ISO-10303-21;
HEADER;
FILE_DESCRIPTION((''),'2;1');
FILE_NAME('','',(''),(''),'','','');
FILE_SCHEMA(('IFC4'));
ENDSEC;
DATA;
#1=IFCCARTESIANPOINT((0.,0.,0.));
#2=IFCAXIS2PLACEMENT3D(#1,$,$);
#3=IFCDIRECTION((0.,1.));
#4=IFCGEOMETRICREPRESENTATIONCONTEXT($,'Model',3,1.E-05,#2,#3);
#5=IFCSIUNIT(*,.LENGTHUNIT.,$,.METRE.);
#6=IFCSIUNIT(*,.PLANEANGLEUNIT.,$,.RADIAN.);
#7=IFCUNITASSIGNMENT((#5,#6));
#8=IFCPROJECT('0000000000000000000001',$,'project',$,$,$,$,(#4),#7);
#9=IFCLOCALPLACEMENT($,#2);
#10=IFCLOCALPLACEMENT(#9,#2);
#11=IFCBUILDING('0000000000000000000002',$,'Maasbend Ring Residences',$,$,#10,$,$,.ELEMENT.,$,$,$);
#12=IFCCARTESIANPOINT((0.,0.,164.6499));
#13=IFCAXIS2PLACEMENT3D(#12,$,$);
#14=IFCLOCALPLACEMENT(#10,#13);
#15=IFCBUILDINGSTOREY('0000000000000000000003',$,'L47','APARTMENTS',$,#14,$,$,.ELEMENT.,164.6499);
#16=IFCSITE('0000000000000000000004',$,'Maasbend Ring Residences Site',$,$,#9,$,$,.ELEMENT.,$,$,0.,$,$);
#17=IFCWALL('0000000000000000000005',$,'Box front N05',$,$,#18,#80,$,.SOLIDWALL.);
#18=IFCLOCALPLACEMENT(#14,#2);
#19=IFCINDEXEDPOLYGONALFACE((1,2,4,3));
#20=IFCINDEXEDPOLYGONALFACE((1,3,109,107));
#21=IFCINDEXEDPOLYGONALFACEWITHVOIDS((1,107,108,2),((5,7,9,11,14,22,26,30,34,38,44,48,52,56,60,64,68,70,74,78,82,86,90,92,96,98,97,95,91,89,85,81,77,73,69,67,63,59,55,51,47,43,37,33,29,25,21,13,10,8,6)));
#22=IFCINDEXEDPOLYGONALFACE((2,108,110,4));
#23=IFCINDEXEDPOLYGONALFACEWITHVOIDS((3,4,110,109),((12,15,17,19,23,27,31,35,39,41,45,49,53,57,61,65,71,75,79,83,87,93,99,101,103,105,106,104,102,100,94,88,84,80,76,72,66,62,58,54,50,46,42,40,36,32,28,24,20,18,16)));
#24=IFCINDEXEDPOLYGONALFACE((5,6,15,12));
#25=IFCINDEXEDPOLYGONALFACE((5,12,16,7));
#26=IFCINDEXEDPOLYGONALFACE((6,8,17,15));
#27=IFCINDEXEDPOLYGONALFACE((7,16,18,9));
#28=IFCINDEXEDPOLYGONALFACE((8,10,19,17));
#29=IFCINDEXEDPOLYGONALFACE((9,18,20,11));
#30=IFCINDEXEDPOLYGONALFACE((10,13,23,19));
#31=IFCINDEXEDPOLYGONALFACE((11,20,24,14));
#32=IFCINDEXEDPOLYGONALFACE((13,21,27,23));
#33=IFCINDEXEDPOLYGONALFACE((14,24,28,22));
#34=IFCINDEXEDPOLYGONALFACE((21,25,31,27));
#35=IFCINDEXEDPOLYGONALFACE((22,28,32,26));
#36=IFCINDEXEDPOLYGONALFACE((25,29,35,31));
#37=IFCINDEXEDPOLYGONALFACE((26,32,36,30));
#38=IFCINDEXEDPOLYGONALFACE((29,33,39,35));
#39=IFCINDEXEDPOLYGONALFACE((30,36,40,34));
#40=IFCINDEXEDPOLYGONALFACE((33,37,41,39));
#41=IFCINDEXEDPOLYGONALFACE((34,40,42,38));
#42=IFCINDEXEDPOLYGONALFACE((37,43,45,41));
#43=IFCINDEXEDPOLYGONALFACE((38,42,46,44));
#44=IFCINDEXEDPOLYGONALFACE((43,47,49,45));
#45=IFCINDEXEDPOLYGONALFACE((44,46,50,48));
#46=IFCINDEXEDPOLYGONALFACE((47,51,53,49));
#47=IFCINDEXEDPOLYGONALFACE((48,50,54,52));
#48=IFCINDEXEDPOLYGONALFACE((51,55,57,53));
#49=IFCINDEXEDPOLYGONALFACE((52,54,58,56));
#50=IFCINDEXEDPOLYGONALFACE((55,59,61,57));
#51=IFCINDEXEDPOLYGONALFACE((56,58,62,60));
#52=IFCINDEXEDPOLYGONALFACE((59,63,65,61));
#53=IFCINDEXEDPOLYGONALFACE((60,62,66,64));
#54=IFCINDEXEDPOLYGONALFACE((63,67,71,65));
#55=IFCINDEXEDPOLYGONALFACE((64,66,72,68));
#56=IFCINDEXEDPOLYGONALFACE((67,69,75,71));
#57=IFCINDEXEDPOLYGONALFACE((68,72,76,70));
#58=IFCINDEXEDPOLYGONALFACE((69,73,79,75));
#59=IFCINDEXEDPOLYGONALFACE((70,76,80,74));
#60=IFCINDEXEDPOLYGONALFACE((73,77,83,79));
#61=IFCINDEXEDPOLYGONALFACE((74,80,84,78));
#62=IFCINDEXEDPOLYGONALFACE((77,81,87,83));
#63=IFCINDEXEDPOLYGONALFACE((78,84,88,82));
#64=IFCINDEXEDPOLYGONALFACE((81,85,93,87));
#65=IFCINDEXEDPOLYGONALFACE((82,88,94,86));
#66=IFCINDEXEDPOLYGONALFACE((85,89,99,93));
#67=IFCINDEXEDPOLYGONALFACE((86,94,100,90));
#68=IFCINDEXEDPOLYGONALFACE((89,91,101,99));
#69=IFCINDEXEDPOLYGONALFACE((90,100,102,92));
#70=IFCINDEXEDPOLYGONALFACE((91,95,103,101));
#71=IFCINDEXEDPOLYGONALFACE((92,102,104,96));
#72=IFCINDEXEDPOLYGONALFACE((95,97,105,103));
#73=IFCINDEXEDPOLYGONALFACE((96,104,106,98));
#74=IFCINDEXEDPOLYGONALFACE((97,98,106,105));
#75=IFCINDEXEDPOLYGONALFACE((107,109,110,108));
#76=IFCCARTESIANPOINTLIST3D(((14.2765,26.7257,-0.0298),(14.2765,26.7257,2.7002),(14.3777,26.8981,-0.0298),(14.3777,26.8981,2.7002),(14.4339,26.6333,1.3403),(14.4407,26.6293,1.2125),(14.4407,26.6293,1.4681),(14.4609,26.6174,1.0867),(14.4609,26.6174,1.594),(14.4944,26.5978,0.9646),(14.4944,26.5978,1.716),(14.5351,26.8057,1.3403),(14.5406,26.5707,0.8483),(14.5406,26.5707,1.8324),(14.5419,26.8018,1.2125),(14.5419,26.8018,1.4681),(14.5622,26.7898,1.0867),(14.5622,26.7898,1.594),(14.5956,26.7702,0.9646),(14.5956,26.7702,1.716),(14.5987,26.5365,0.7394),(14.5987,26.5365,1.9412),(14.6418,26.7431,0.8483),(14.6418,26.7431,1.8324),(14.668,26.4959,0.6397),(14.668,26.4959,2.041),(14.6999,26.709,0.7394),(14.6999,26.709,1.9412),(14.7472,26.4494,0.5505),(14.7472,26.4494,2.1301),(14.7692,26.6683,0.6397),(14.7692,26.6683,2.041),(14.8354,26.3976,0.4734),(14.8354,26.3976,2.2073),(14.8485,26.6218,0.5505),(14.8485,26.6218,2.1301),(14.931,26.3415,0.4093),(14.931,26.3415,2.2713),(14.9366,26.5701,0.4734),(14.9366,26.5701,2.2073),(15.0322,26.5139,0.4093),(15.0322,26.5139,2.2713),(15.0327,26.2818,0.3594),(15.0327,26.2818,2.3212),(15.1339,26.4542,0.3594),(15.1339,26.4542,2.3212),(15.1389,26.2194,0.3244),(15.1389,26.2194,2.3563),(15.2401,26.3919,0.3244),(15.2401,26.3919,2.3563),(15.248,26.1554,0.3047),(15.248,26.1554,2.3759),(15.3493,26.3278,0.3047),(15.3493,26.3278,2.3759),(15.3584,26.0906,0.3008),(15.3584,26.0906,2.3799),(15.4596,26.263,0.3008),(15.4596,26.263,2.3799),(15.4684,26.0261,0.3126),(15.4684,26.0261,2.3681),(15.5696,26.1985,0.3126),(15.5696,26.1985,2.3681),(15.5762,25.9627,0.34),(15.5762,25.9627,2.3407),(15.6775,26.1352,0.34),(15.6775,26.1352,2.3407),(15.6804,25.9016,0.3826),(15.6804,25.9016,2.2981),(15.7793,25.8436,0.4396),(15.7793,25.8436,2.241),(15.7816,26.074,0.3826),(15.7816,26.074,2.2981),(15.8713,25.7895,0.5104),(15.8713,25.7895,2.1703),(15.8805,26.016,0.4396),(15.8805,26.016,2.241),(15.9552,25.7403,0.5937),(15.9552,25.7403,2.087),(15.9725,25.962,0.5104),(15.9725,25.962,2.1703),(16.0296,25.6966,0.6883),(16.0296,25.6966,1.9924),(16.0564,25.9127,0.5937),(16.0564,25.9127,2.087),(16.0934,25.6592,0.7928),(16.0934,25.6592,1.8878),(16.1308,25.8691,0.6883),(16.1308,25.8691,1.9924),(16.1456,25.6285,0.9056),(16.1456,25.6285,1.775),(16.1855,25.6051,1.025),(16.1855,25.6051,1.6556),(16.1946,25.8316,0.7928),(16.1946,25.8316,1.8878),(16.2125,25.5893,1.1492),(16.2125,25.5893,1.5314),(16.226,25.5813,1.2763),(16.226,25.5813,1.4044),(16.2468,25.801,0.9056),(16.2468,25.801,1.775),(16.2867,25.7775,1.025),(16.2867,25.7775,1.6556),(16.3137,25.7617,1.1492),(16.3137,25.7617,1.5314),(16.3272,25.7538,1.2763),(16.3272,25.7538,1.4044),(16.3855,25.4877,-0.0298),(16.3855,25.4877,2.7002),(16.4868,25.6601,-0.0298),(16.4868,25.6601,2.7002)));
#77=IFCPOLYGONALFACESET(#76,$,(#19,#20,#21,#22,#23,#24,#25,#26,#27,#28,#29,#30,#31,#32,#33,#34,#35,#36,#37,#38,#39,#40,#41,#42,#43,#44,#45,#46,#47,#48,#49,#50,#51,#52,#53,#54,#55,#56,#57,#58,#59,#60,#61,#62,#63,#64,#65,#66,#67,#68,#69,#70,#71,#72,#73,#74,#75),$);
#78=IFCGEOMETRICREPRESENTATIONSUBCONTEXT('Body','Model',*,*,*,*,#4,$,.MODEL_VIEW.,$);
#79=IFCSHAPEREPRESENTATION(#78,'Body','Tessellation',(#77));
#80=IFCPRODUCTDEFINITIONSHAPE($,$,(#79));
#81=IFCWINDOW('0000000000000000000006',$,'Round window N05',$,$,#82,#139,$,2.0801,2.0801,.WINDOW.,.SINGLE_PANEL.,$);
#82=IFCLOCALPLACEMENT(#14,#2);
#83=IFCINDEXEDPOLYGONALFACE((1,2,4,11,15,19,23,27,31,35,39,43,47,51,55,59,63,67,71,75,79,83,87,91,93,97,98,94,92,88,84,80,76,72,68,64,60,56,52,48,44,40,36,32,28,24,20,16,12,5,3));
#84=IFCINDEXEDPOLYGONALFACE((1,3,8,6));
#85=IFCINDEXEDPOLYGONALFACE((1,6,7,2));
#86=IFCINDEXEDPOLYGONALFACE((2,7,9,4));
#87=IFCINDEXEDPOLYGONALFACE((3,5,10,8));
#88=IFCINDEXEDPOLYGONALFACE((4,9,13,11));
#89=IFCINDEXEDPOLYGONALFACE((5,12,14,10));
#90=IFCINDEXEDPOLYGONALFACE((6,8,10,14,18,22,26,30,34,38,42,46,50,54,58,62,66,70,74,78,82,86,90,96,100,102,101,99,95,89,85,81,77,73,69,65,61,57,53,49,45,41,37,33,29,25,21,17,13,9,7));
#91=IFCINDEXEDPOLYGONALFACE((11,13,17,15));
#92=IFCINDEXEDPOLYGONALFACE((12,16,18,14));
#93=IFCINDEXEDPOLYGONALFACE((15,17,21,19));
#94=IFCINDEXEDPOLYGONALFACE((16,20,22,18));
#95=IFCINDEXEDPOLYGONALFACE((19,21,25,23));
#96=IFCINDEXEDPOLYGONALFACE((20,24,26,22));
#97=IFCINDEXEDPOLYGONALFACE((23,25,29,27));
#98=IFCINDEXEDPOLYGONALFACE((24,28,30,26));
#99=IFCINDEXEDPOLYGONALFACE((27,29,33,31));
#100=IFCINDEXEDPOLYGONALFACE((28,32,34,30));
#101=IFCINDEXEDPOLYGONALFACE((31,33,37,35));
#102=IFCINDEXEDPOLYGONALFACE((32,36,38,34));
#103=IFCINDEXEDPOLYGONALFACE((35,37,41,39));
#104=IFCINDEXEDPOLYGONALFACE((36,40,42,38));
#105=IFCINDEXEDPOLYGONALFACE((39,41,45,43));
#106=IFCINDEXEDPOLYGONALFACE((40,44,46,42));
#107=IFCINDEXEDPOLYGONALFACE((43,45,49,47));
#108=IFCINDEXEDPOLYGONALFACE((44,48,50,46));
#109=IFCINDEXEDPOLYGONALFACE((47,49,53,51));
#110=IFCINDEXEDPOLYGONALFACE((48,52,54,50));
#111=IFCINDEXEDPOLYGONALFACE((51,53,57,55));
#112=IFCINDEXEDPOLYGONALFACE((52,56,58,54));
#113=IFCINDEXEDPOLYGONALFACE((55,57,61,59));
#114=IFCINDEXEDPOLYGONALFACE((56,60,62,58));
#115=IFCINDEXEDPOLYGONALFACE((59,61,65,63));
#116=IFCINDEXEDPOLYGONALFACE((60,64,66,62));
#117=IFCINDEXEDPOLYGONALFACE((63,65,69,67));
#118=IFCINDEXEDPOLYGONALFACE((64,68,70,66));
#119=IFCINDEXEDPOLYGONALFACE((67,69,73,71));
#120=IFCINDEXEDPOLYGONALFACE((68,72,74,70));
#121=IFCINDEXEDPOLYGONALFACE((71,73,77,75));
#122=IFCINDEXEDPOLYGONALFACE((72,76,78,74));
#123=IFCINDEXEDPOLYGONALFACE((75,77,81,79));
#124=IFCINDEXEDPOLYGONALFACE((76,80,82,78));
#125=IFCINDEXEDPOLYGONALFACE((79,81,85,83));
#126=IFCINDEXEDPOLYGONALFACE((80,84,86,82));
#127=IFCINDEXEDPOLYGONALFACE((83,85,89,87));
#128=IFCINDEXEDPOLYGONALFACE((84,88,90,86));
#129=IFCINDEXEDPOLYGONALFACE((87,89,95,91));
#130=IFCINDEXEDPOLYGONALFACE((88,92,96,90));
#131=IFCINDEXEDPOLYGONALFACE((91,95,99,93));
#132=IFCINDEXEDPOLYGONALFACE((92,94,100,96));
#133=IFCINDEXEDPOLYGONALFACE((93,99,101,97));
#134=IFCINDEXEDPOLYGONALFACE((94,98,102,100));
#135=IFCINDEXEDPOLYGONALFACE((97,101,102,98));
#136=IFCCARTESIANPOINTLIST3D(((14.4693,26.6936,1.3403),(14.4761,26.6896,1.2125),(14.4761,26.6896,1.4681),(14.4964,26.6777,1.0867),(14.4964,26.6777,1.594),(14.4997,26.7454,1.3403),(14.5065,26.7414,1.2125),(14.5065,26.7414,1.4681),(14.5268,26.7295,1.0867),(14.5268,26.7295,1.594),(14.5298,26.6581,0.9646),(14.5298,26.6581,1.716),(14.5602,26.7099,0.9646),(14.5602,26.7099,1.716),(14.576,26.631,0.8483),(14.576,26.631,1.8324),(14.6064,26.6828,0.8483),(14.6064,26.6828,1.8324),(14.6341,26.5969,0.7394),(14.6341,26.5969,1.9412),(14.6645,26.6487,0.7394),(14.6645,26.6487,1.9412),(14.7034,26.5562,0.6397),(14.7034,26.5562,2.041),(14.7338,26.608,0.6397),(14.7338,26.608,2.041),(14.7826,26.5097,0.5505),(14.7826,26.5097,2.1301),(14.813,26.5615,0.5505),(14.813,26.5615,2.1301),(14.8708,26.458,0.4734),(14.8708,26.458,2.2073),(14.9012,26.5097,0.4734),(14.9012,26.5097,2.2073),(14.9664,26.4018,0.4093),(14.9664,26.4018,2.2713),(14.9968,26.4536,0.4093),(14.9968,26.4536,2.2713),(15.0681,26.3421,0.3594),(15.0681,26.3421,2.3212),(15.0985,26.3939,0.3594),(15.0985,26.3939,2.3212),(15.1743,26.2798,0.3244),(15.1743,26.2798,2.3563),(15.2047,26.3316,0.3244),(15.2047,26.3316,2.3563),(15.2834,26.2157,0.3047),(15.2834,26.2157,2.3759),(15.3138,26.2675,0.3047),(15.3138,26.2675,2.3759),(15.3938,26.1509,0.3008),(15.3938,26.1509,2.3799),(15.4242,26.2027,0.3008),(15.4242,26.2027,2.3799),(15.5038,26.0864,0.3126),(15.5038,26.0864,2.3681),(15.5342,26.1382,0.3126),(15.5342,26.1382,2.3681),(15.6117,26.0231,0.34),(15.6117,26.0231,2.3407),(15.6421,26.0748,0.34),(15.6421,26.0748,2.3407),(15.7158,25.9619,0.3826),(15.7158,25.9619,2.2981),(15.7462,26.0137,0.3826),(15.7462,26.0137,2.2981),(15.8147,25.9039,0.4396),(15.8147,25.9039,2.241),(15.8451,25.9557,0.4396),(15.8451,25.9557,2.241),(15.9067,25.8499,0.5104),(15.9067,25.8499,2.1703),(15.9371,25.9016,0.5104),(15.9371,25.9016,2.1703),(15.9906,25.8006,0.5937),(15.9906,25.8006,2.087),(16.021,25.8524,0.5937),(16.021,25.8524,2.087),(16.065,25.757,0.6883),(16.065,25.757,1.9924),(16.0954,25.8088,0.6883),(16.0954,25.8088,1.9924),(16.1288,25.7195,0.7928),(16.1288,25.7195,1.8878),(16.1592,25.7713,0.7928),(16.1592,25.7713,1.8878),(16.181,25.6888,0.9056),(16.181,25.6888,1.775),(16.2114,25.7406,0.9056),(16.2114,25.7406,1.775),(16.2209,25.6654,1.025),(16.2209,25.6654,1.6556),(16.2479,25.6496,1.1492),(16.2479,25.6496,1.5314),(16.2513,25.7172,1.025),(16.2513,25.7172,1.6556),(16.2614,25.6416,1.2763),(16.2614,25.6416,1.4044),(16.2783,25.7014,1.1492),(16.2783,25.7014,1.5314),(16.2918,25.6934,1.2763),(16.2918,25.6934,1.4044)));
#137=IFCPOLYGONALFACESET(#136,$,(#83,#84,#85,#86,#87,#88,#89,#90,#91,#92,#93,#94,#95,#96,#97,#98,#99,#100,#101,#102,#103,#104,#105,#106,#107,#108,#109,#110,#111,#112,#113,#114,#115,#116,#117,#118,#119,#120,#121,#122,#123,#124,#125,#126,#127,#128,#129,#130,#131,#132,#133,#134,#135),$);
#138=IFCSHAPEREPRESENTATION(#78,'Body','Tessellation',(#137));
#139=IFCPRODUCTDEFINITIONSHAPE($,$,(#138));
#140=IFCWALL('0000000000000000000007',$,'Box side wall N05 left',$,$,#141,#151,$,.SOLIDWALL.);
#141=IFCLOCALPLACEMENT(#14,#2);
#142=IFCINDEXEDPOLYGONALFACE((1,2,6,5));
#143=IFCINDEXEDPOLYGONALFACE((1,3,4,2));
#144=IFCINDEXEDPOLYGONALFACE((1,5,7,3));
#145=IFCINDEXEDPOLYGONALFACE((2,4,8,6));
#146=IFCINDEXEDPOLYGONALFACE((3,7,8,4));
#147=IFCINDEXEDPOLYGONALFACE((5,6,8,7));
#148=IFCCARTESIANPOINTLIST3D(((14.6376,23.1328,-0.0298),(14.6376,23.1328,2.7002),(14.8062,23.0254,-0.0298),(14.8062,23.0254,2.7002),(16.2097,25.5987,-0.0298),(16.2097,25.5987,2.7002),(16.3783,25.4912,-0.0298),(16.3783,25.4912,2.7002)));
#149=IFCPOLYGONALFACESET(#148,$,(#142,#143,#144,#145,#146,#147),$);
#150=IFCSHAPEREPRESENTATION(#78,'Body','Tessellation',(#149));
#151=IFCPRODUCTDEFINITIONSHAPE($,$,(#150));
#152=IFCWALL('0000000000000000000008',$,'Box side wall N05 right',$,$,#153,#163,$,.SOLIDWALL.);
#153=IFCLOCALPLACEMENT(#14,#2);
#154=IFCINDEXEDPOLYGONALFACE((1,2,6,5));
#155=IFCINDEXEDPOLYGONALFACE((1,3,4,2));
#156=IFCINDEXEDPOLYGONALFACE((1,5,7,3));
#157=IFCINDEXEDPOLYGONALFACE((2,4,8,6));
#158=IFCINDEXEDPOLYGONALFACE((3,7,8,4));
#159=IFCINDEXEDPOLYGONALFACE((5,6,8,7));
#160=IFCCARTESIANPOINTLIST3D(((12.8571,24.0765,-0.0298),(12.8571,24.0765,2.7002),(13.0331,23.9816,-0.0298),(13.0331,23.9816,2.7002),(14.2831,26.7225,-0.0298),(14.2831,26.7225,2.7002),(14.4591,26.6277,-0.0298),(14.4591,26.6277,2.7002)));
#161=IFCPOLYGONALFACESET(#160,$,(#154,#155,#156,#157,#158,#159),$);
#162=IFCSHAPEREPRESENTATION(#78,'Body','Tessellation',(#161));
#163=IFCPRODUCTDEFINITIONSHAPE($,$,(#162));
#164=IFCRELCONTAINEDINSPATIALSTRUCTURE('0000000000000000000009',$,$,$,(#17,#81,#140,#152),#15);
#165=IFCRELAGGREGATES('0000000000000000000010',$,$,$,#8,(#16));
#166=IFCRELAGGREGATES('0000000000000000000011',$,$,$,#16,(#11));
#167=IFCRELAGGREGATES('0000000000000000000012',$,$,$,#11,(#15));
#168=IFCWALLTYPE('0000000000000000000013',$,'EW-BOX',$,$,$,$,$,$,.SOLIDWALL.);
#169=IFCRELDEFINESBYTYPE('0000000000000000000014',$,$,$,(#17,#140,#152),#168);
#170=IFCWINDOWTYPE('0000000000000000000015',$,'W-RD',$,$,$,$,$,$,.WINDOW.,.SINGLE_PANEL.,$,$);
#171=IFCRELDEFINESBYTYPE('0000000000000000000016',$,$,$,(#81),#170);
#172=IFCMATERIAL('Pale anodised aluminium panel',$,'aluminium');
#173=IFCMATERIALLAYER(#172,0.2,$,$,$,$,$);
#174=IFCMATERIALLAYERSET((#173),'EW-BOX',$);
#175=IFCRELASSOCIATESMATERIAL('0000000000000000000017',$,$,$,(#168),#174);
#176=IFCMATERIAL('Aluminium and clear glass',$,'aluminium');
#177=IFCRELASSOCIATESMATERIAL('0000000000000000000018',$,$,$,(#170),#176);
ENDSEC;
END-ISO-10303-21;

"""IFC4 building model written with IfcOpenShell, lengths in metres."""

from ifc_helpers import new_model, si_unit, direction, frame, frame_2d, origin, place, context, subcontext, project, spatial, rectangle, circle, extrude, material, layer, layer_set, type_object, element, fill, save


model = new_model("IFC4")

# Units and contexts
model_context = context("Model", 3, precision=1e-05, world=origin(), true_north=direction((0.0, 1.0)))
body_context = subcontext(model_context, "Body", "Model", "MODEL_VIEW")
ifc_project = project(units=[si_unit("LENGTHUNIT", "METRE"), si_unit("PLANEANGLEUNIT", "RADIAN")], contexts=[model_context])

# Site, building, storey
site_placement = place(None, origin())
site = spatial("IfcSite", under=ifc_project, at=site_placement, Name="Maasbend Ring Residences Site", CompositionType="ELEMENT", RefElevation=0.0)
building_placement = place(site_placement, origin())
building = spatial("IfcBuilding", under=site, at=building_placement, Name="Maasbend Ring Residences", CompositionType="ELEMENT")
storey_placement = place(building_placement, frame((0.0, 0.0, 164.6499)))
storey = spatial("IfcBuildingStorey", under=building, at=storey_placement, Name="L47", Description="APARTMENTS", CompositionType="ELEMENT", Elevation=164.6499)

# Shared definitions
ifc_material_1 = material(Name="Pale anodised aluminium panel", Category="aluminium")
ifc_layer_1 = layer(ifc_material_1, 0.2)
ifc_layer_set_1 = layer_set([ifc_layer_1], Name="EW-BOX")
wall_type_1 = type_object("IfcWallType", Name="EW-BOX", PredefinedType="SOLIDWALL", material=ifc_layer_set_1)
ifc_material_2 = material(Name="Aluminium and clear glass", Category="aluminium")
window_type_1 = type_object("IfcWindowType", Name="W-RD", PartitioningType="SINGLE_PANEL", PredefinedType="WINDOW", material=ifc_material_2)

# Wall, opening, window
wall_1_placement = place(storey_placement, frame((16.436, 25.574, -0.0298), z_axis=(0.0, 0.0, 1.0), x_axis=(-0.862403, 0.506222, 0.0)))
wall_1 = element("IfcWall", 1, at=wall_1_placement, inside=storey, type_object=wall_type_1, Name="Box front N05", PredefinedType="SOLIDWALL", context=body_context, shape_type="SweptSolid", body=[
    extrude(rectangle(XDim=2.4456, YDim=0.2, at=frame_2d((1.2227, 0.0))), origin(), (0.0, 0.0, 1.0), 2.73),
])
opening_1_placement = place(wall_1_placement, frame((0.1829, 0.0, 0.3301)))
opening_1 = element("IfcOpeningElement", 2, at=opening_1_placement, cuts=wall_1, PredefinedType="OPENING", context=body_context, shape_type="SweptSolid", body=[
    extrude(circle(Radius=1.04, at=frame_2d((1.04, 1.04))), frame((0.0, 0.1099, 0.0), z_axis=(0.0, -1.0, 0.0), x_axis=(1.0, 0.0, 0.0)), (0.0, 0.0, 1.0), 0.22),
])
window_1_placement = place(opening_1_placement, origin())
window_1 = element("IfcWindow", 3, at=window_1_placement, inside=storey, type_object=window_type_1, Name="Round window N05", OverallHeight=2.0801, OverallWidth=2.0801, PartitioningType="SINGLE_PANEL", PredefinedType="WINDOW", context=body_context, shape_type="SweptSolid", body=[
    extrude(circle(Radius=1.04, at=frame_2d((1.04, 1.04))), frame((0.0, 0.03, 0.0), z_axis=(0.0, -1.0, 0.0), x_axis=(1.0, 0.0, 0.0)), (0.0, 0.0, 1.0), 0.0601),
])
fill(opening_1, window_1)

# Walls
wall_2_placement = place(storey_placement, frame((14.7219, 23.0791, -0.0298), z_axis=(0.0, 0.0, 1.0), x_axis=(0.537572, 0.843218, 0.0)))
element("IfcWall", 4, at=wall_2_placement, inside=storey, type_object=wall_type_1, Name="Box side wall N05 left", PredefinedType="SOLIDWALL", context=body_context, shape_type="SweptSolid", body=[
    extrude(rectangle(XDim=2.9243, YDim=0.2, at=frame_2d((1.4622, 0.0))), origin(), (0.0, 0.0, 1.0), 2.73),
])
wall_3_placement = place(storey_placement, frame((12.9451, 24.0291, -0.0298), z_axis=(0.0, 0.0, 1.0), x_axis=(0.474424, 0.880296, 0.0)))
element("IfcWall", 5, at=wall_3_placement, inside=storey, type_object=wall_type_1, Name="Box side wall N05 right", PredefinedType="SOLIDWALL", context=body_context, shape_type="SweptSolid", body=[
    extrude(rectangle(XDim=3.0059, YDim=0.2, at=frame_2d((1.5029, 0.0))), origin(), (0.0, 0.0, 1.0), 2.73),
])

save(model, "model.ifc")
